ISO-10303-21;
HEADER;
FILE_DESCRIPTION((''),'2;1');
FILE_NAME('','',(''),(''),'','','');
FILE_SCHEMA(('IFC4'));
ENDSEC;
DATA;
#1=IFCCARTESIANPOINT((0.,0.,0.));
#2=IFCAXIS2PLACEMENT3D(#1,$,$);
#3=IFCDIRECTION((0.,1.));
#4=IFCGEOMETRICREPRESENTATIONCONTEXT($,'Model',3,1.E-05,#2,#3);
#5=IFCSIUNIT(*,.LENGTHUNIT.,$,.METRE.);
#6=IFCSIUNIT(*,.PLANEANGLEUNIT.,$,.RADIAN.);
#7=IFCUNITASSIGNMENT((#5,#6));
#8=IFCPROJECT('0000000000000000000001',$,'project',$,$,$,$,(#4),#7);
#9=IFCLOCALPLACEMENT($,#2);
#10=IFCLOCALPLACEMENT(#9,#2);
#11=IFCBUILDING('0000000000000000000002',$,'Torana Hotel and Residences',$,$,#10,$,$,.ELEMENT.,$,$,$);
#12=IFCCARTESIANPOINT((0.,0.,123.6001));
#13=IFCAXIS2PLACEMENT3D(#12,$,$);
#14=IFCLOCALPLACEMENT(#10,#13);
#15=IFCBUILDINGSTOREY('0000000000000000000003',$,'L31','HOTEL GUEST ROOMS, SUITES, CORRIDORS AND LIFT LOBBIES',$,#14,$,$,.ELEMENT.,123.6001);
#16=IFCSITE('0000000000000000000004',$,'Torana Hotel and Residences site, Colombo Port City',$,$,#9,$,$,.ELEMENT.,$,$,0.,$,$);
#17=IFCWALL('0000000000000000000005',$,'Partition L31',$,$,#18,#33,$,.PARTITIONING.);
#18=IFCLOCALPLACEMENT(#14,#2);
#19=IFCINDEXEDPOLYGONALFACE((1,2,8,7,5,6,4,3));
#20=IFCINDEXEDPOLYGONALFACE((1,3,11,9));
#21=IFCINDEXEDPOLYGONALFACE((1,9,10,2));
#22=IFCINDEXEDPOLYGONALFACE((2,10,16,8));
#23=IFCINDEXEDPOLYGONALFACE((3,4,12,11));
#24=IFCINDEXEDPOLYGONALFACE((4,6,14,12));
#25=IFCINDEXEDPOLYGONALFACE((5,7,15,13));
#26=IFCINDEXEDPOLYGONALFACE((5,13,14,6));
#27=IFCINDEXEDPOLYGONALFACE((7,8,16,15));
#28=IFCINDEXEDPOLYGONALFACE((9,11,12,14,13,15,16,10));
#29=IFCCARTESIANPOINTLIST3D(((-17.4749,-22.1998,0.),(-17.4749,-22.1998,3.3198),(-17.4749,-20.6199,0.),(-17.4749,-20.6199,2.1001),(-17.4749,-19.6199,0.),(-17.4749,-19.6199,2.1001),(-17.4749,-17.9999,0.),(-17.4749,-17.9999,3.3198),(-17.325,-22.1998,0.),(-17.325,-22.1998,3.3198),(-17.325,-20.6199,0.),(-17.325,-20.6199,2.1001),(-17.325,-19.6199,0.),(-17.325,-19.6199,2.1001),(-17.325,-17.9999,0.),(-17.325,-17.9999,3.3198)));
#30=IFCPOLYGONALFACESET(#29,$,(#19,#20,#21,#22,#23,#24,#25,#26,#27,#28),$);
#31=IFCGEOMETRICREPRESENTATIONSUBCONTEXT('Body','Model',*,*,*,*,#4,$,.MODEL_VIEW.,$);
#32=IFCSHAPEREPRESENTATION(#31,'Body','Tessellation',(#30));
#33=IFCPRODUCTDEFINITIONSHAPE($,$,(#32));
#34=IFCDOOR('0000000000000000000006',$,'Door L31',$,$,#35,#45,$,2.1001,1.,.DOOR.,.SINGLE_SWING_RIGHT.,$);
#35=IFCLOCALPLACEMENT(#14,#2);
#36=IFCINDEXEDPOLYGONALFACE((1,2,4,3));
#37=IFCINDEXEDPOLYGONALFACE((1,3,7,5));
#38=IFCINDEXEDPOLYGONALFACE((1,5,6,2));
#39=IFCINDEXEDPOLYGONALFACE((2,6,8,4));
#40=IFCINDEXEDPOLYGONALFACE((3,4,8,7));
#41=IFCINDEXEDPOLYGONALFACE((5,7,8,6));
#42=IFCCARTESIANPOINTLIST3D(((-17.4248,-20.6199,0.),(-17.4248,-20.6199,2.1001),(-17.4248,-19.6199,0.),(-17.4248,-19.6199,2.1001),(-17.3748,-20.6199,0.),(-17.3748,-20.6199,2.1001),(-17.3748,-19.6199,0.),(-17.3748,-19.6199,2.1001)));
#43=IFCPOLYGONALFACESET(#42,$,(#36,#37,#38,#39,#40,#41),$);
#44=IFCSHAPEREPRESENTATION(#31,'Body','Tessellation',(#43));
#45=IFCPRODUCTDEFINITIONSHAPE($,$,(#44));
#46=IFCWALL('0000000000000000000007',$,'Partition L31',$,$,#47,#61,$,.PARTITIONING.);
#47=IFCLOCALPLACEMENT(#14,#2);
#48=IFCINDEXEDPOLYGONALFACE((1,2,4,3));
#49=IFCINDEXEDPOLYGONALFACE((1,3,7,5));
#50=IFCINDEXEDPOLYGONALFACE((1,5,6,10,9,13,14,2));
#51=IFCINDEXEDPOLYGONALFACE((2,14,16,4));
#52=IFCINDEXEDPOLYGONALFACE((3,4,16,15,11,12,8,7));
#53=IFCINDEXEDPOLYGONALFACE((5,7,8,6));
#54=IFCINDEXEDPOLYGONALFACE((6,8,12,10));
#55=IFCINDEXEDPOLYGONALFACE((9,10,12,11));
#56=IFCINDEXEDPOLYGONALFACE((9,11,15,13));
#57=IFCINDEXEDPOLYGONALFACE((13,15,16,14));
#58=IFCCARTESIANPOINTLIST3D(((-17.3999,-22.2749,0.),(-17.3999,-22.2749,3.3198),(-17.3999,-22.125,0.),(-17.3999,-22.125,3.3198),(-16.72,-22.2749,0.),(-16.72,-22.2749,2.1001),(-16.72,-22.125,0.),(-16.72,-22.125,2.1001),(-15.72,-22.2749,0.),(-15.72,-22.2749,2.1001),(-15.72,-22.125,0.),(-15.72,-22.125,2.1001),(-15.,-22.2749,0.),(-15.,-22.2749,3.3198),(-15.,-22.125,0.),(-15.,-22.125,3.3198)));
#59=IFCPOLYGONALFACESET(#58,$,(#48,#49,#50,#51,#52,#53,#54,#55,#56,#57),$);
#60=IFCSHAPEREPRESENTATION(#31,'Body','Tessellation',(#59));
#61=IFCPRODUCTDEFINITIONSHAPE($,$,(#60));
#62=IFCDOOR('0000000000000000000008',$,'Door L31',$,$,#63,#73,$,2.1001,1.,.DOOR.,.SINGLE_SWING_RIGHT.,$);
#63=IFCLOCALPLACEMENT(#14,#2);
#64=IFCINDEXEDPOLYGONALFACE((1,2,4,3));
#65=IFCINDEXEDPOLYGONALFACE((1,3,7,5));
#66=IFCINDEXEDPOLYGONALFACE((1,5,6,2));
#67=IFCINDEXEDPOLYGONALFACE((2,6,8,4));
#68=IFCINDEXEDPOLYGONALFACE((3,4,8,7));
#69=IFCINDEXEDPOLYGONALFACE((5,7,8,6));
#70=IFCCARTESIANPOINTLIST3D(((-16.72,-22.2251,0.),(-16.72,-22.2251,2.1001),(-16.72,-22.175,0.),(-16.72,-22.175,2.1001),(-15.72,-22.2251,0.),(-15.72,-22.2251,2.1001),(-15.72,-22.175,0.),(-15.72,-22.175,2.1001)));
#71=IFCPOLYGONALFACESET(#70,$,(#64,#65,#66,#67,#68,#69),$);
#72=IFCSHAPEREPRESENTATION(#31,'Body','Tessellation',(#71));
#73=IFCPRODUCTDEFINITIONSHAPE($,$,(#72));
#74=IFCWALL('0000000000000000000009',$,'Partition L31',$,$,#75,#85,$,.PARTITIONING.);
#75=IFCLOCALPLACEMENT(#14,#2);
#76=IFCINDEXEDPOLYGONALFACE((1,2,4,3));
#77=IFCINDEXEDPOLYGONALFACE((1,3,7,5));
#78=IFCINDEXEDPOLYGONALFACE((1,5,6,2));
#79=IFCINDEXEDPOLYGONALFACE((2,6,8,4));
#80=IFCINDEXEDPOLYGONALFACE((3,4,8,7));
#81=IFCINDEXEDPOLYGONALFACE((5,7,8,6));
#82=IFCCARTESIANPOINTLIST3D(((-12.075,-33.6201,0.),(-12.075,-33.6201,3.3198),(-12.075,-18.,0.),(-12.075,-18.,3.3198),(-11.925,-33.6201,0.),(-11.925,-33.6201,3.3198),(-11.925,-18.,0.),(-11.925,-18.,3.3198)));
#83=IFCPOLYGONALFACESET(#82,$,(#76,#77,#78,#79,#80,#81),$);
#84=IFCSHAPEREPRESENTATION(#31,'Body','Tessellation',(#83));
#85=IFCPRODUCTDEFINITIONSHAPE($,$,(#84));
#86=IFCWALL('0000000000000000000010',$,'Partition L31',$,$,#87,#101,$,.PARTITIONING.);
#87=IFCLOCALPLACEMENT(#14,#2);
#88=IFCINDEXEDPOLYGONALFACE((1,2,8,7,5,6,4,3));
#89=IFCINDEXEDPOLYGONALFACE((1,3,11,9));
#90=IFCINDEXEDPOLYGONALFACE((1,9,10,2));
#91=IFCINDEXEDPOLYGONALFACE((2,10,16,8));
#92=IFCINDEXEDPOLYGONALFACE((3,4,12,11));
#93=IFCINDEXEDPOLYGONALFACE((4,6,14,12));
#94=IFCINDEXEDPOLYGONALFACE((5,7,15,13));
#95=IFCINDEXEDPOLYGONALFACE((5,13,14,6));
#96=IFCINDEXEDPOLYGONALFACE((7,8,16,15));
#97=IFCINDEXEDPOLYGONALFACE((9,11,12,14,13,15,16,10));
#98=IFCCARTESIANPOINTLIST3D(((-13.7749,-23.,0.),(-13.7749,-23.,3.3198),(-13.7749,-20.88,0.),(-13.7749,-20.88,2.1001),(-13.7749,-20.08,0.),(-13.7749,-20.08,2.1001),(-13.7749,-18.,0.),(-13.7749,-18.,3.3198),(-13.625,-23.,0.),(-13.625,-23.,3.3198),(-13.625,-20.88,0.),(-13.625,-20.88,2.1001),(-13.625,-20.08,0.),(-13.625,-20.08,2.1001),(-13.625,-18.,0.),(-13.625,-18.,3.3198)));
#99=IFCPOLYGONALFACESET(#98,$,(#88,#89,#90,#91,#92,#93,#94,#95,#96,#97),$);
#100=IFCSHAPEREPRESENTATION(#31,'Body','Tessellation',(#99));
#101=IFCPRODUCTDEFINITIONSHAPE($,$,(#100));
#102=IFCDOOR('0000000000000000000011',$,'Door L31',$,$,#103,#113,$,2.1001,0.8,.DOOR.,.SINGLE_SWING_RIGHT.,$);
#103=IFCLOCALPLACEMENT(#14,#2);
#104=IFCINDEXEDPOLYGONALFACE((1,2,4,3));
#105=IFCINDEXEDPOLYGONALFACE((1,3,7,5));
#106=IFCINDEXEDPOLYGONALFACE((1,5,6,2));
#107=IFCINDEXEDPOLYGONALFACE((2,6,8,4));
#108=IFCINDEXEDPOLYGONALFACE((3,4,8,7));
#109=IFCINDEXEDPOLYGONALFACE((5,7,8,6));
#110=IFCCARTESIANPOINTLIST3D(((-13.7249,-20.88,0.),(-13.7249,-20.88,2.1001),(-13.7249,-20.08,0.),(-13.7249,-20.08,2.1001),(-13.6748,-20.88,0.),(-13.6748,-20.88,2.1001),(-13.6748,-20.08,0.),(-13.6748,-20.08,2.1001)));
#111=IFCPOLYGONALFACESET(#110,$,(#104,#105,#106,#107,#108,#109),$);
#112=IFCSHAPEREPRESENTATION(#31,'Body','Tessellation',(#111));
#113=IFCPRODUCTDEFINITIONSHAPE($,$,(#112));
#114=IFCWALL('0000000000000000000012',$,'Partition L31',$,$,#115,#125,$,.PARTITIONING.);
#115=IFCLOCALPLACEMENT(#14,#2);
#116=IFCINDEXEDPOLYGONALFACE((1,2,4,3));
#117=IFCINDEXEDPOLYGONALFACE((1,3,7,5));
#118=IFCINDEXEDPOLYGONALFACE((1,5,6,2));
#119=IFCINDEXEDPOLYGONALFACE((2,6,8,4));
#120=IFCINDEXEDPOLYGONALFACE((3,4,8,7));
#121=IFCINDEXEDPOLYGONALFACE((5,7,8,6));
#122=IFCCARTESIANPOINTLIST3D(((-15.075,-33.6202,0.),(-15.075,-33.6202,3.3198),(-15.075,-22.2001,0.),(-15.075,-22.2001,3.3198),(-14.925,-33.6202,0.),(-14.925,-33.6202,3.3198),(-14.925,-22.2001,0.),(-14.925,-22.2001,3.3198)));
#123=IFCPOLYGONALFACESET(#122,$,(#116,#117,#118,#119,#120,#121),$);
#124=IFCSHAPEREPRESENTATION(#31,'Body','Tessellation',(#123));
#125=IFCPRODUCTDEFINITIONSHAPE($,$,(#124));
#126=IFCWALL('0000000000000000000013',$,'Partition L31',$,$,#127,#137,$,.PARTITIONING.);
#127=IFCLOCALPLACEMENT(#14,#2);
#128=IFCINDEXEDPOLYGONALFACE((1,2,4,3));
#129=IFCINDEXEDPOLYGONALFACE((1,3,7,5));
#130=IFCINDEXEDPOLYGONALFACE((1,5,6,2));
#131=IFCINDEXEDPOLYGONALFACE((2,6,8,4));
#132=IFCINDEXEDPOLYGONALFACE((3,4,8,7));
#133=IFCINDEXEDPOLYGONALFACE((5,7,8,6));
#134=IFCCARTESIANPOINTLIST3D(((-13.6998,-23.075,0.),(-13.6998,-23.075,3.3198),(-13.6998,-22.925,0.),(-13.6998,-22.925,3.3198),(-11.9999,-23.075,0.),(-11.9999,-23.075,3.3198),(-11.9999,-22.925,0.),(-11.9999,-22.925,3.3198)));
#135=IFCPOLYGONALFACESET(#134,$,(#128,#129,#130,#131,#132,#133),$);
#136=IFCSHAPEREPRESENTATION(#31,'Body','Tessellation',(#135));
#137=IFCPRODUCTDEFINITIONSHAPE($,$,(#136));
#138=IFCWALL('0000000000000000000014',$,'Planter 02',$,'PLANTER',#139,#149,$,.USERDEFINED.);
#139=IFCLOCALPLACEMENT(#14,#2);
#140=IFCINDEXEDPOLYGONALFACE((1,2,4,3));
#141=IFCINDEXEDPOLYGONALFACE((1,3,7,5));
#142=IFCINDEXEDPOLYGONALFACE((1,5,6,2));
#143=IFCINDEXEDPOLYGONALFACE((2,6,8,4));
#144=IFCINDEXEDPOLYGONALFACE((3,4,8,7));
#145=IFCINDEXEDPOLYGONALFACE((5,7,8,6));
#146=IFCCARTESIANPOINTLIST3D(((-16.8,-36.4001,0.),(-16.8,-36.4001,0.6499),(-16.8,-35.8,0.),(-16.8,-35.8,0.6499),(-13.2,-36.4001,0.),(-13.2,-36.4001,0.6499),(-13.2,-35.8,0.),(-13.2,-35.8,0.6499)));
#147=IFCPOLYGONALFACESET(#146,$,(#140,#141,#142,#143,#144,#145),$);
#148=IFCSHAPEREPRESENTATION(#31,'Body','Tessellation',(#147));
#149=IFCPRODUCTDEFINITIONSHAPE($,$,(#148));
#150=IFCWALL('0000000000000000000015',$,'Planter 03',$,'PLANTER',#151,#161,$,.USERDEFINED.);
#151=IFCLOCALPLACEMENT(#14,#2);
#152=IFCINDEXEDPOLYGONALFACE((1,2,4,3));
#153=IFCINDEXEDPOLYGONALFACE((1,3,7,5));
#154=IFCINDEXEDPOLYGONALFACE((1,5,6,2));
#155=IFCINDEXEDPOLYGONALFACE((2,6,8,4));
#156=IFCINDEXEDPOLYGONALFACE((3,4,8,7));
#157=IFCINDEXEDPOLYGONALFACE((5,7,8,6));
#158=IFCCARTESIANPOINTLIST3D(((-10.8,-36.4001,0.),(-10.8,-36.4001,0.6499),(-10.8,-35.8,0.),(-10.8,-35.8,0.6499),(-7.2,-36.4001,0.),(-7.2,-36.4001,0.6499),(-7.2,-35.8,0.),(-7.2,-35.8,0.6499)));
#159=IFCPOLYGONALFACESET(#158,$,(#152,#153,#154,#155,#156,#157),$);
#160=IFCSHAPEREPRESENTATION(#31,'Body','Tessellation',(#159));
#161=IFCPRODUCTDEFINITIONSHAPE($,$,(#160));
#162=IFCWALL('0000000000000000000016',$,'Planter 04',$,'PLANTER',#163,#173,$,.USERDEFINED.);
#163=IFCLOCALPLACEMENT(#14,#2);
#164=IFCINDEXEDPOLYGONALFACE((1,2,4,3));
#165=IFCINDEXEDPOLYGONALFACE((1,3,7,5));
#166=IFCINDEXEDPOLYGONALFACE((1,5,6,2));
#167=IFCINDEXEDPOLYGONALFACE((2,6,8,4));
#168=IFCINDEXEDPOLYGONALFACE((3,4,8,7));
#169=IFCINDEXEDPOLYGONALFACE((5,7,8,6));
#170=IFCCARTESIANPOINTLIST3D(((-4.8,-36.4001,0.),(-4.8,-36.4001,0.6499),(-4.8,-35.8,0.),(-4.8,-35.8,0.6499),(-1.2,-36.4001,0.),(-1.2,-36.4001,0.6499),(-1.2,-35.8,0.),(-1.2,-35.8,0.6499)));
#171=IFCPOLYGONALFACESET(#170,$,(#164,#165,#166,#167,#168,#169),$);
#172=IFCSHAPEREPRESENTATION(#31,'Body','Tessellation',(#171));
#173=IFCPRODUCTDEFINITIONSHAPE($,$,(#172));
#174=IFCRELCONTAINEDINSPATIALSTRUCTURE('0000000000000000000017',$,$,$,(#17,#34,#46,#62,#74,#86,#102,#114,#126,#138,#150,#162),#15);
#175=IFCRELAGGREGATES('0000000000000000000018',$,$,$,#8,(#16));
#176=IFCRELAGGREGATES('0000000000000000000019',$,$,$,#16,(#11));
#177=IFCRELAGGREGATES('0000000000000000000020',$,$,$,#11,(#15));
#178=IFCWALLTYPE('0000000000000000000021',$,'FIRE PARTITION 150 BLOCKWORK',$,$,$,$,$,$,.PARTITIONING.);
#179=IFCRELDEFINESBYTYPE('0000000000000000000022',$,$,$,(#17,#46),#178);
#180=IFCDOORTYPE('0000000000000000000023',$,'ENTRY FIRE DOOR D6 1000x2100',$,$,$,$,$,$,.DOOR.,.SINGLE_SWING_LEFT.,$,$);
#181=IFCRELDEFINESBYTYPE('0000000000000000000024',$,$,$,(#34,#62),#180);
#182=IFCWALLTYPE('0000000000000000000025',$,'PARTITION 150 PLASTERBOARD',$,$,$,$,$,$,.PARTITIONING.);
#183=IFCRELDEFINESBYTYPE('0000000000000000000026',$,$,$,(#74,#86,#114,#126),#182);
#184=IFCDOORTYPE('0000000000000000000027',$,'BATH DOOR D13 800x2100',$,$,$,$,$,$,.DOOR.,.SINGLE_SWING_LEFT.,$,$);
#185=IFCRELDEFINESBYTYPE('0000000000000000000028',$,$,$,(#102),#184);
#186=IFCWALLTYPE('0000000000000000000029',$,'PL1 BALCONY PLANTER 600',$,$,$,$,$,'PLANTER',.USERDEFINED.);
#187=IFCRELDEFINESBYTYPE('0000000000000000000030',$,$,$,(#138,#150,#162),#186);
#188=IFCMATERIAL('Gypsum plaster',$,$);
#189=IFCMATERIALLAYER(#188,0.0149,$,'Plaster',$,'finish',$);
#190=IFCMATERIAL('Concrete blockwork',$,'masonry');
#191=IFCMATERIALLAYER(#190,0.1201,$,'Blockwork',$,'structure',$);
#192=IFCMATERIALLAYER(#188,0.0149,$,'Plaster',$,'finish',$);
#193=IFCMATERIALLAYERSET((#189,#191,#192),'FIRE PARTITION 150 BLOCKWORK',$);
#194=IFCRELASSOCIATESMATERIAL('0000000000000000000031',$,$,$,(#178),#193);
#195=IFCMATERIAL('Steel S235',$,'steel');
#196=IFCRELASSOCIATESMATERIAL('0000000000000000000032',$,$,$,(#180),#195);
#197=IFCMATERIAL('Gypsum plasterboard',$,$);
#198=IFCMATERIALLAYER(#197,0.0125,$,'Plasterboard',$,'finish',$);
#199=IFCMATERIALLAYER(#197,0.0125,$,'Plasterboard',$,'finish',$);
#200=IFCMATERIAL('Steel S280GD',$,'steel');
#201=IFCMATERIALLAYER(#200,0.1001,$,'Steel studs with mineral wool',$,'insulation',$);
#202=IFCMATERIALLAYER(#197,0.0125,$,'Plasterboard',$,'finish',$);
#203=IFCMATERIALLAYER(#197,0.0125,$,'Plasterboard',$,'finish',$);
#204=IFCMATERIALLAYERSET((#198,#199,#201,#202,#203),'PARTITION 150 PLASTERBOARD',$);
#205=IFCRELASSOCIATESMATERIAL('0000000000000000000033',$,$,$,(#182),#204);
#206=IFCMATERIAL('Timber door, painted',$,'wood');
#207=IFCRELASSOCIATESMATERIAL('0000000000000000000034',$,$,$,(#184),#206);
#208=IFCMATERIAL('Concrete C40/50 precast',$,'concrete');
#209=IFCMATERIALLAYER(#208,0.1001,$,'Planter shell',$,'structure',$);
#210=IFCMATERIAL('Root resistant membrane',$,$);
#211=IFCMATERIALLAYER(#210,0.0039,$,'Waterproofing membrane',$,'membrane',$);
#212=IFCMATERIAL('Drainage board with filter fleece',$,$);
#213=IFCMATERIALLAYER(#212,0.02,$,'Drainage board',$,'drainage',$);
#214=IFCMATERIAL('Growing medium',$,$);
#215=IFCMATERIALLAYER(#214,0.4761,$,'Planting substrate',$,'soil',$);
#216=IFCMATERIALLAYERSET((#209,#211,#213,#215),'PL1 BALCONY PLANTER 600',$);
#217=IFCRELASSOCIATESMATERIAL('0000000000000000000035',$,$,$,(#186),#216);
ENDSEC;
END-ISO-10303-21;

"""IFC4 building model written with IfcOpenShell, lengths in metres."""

from ifc_helpers import new_model, si_unit, direction, frame, frame_2d, origin, place, context, subcontext, project, spatial, rectangle, extrude, material, layer, layer_set, type_object, element, fill, save


model = new_model("IFC4")

# Units and contexts
model_context = context("Model", 3, precision=1e-05, world=origin(), true_north=direction((0.0, 1.0)))
body_context = subcontext(model_context, "Body", "Model", "MODEL_VIEW")
ifc_project = project(units=[si_unit("LENGTHUNIT", "METRE"), si_unit("PLANEANGLEUNIT", "RADIAN")], contexts=[model_context])

# Site, building, storey
site_placement = place(None, origin())
site = spatial("IfcSite", under=ifc_project, at=site_placement, Name="Torana Hotel and Residences site, Colombo Port City", CompositionType="ELEMENT", RefElevation=0.0)
building_placement = place(site_placement, origin())
building = spatial("IfcBuilding", under=site, at=building_placement, Name="Torana Hotel and Residences", CompositionType="ELEMENT")
storey_placement = place(building_placement, frame((0.0, 0.0, 123.6001)))
storey = spatial("IfcBuildingStorey", under=building, at=storey_placement, Name="L31", Description="HOTEL GUEST ROOMS, SUITES, CORRIDORS AND LIFT LOBBIES", CompositionType="ELEMENT", Elevation=123.6001)

# Shared definitions
ifc_material_1 = material(Name="Gypsum plaster")
ifc_layer_1 = layer(ifc_material_1, 0.0149, Name="Plaster", Category="finish")
ifc_material_2 = material(Name="Concrete blockwork", Category="masonry")
ifc_layer_2 = layer(ifc_material_2, 0.1201, Name="Blockwork", Category="structure")
ifc_layer_3 = layer(ifc_material_1, 0.0149, Name="Plaster", Category="finish")
ifc_layer_set_1 = layer_set([ifc_layer_1, ifc_layer_2, ifc_layer_3], Name="FIRE PARTITION 150 BLOCKWORK")
wall_type_1 = type_object("IfcWallType", Name="FIRE PARTITION 150 BLOCKWORK", PredefinedType="PARTITIONING", material=ifc_layer_set_1)
ifc_material_3 = material(Name="Steel S235", Category="steel")
door_type_1 = type_object("IfcDoorType", Name="ENTRY FIRE DOOR D6 1000x2100", OperationType="SINGLE_SWING_LEFT", PredefinedType="DOOR", material=ifc_material_3)

# Walls, openings, doors
wall_1_placement = place(storey_placement, frame((-17.3999, -22.2, 0.0), z_axis=(0.0, 0.0, 1.0), x_axis=(0.0, 1.0, 0.0)))
wall_1 = element("IfcWall", 1, at=wall_1_placement, inside=storey, type_object=wall_type_1, Name="Partition L31", PredefinedType="PARTITIONING", context=body_context, shape_type="SweptSolid", body=[
    extrude(rectangle(XDim=4.2, YDim=0.1499, at=frame_2d((2.1001, 0.0))), origin(), (0.0, 0.0, 1.0), 3.3198),
])
opening_1_placement = place(wall_1_placement, frame((1.5801, 0.0, 0.0)))
opening_1 = element("IfcOpeningElement", 2, at=opening_1_placement, cuts=wall_1, PredefinedType="OPENING", context=body_context, shape_type="SweptSolid", body=[
    extrude(rectangle(XDim=1.0, YDim=2.1001, at=frame_2d((0.5, 1.05))), frame((0.0, 0.085, 0.0), z_axis=(0.0, -1.0, 0.0), x_axis=(1.0, 0.0, 0.0)), (0.0, 0.0, 1.0), 0.1699),
])
door_1_placement = place(opening_1_placement, origin())
door_1 = element("IfcDoor", 3, at=door_1_placement, inside=storey, type_object=door_type_1, Name="Door L31", OperationType="SINGLE_SWING_RIGHT", OverallHeight=2.1001, OverallWidth=1.0, PredefinedType="DOOR", context=body_context, shape_type="SweptSolid", body=[
    extrude(rectangle(XDim=1.0, YDim=2.1001, at=frame_2d((0.5, 1.05))), frame((0.0, 0.0249, 0.0), z_axis=(0.0, -1.0, 0.0), x_axis=(1.0, 0.0, 0.0)), (0.0, 0.0, 1.0), 0.05),
])
fill(opening_1, door_1)
wall_2_placement = place(storey_placement, frame((-17.3999, -22.2, 0.0), z_axis=(0.0, 0.0, 1.0), x_axis=(1.0, 0.0, 0.0)))
wall_2 = element("IfcWall", 4, at=wall_2_placement, inside=storey, type_object=wall_type_1, Name="Partition L31", PredefinedType="PARTITIONING", context=body_context, shape_type="SweptSolid", body=[
    extrude(rectangle(XDim=2.3999, YDim=0.1499, at=frame_2d((1.2, 0.0))), origin(), (0.0, 0.0, 1.0), 3.3198),
])
opening_2_placement = place(wall_2_placement, frame((0.6799, 0.0, 0.0)))
opening_2 = element("IfcOpeningElement", 5, at=opening_2_placement, cuts=wall_2, PredefinedType="OPENING", context=body_context, shape_type="SweptSolid", body=[
    extrude(rectangle(XDim=1.0, YDim=2.1001, at=frame_2d((0.5, 1.05))), frame((0.0, 0.085, 0.0), z_axis=(0.0, -1.0, 0.0), x_axis=(1.0, 0.0, 0.0)), (0.0, 0.0, 1.0), 0.1699),
])
door_2_placement = place(opening_2_placement, frame((0.5, 0.0, 0.0), z_axis=(0.0, 0.0, 1.0), x_axis=(-1.0, 0.0, 0.0)))
door_2 = element("IfcDoor", 6, at=door_2_placement, inside=storey, type_object=door_type_1, Name="Door L31", OperationType="SINGLE_SWING_RIGHT", OverallHeight=2.1001, OverallWidth=1.0, PredefinedType="DOOR", context=body_context, shape_type="SweptSolid", body=[
    extrude(rectangle(XDim=1.0, YDim=2.1001, at=frame_2d((0.0, 1.05))), frame((0.0, -0.0249, 0.0), z_axis=(0.0, 1.0, 0.0), x_axis=(-1.0, 0.0, 0.0)), (0.0, 0.0, 1.0), 0.05),
])
fill(opening_2, door_2)

# Wall
ifc_material_4 = material(Name="Gypsum plasterboard")
ifc_layer_4 = layer(ifc_material_4, 0.0125, Name="Plasterboard", Category="finish")
ifc_layer_5 = layer(ifc_material_4, 0.0125, Name="Plasterboard", Category="finish")
ifc_material_5 = material(Name="Steel S280GD", Category="steel")
ifc_layer_6 = layer(ifc_material_5, 0.1001, Name="Steel studs with mineral wool", Category="insulation")
ifc_layer_7 = layer(ifc_material_4, 0.0125, Name="Plasterboard", Category="finish")
ifc_layer_8 = layer(ifc_material_4, 0.0125, Name="Plasterboard", Category="finish")
ifc_layer_set_2 = layer_set([ifc_layer_4, ifc_layer_5, ifc_layer_6, ifc_layer_7, ifc_layer_8], Name="PARTITION 150 PLASTERBOARD")
wall_type_2 = type_object("IfcWallType", Name="PARTITION 150 PLASTERBOARD", PredefinedType="PARTITIONING", material=ifc_layer_set_2)
wall_3_placement = place(storey_placement, frame((-12.0, -33.6201, 0.0), z_axis=(0.0, 0.0, 1.0), x_axis=(0.0, 1.0, 0.0)))
element("IfcWall", 7, at=wall_3_placement, inside=storey, type_object=wall_type_2, Name="Partition L31", PredefinedType="PARTITIONING", context=body_context, shape_type="SweptSolid", body=[
    extrude(rectangle(XDim=15.6201, YDim=0.1499, at=frame_2d((7.8101, 0.0))), origin(), (0.0, 0.0, 1.0), 3.3198),
])

# Wall, opening, door
wall_4_placement = place(storey_placement, frame((-13.7, -23.0, 0.0), z_axis=(0.0, 0.0, 1.0), x_axis=(0.0, 1.0, 0.0)))
wall_4 = element("IfcWall", 8, at=wall_4_placement, inside=storey, type_object=wall_type_2, Name="Partition L31", PredefinedType="PARTITIONING", context=body_context, shape_type="SweptSolid", body=[
    extrude(rectangle(XDim=5.0, YDim=0.1499, at=frame_2d((2.5, 0.0))), origin(), (0.0, 0.0, 1.0), 3.3198),
])
opening_3_placement = place(wall_4_placement, frame((2.1201, 0.0, 0.0)))
opening_3 = element("IfcOpeningElement", 9, at=opening_3_placement, cuts=wall_4, PredefinedType="OPENING", context=body_context, shape_type="SweptSolid", body=[
    extrude(rectangle(XDim=0.8, YDim=2.1001, at=frame_2d((0.3999, 1.05))), frame((0.0, 0.085, 0.0), z_axis=(0.0, -1.0, 0.0), x_axis=(1.0, 0.0, 0.0)), (0.0, 0.0, 1.0), 0.1699),
])
ifc_material_6 = material(Name="Timber door, painted", Category="wood")
door_type_2 = type_object("IfcDoorType", Name="BATH DOOR D13 800x2100", OperationType="SINGLE_SWING_LEFT", PredefinedType="DOOR", material=ifc_material_6)
door_3_placement = place(opening_3_placement, origin())
door_3 = element("IfcDoor", 10, at=door_3_placement, inside=storey, type_object=door_type_2, Name="Door L31", OperationType="SINGLE_SWING_RIGHT", OverallHeight=2.1001, OverallWidth=0.8, PredefinedType="DOOR", context=body_context, shape_type="SweptSolid", body=[
    extrude(rectangle(XDim=0.8, YDim=2.1001, at=frame_2d((0.3999, 1.05))), frame((0.0, 0.0249, 0.0), z_axis=(0.0, -1.0, 0.0), x_axis=(1.0, 0.0, 0.0)), (0.0, 0.0, 1.0), 0.05),
])
fill(opening_3, door_3)

# Walls
wall_5_placement = place(storey_placement, frame((-15.0, -33.6201, 0.0), z_axis=(0.0, 0.0, 1.0), x_axis=(0.0, 1.0, 0.0)))
element("IfcWall", 11, at=wall_5_placement, inside=storey, type_object=wall_type_2, Name="Partition L31", PredefinedType="PARTITIONING", context=body_context, shape_type="SweptSolid", body=[
    extrude(rectangle(XDim=11.4202, YDim=0.1499, at=frame_2d((5.71, 0.0))), origin(), (0.0, 0.0, 1.0), 3.3198),
])
wall_6_placement = place(storey_placement, frame((-13.7, -23.0, 0.0), z_axis=(0.0, 0.0, 1.0), x_axis=(1.0, 0.0, 0.0)))
element("IfcWall", 12, at=wall_6_placement, inside=storey, type_object=wall_type_2, Name="Partition L31", PredefinedType="PARTITIONING", context=body_context, shape_type="SweptSolid", body=[
    extrude(rectangle(XDim=1.7, YDim=0.1499, at=frame_2d((0.8501, 0.0))), origin(), (0.0, 0.0, 1.0), 3.3198),
])
ifc_material_7 = material(Name="Concrete C40/50 precast", Category="concrete")
ifc_layer_9 = layer(ifc_material_7, 0.1001, Name="Planter shell", Category="structure")
ifc_material_8 = material(Name="Root resistant membrane")
ifc_layer_10 = layer(ifc_material_8, 0.0039, Name="Waterproofing membrane", Category="membrane")
ifc_material_9 = material(Name="Drainage board with filter fleece")
ifc_layer_11 = layer(ifc_material_9, 0.02, Name="Drainage board", Category="drainage")
ifc_material_10 = material(Name="Growing medium")
ifc_layer_12 = layer(ifc_material_10, 0.4761, Name="Planting substrate", Category="soil")
ifc_layer_set_3 = layer_set([ifc_layer_9, ifc_layer_10, ifc_layer_11, ifc_layer_12], Name="PL1 BALCONY PLANTER 600")
wall_type_3 = type_object("IfcWallType", Name="PL1 BALCONY PLANTER 600", ElementType="PLANTER", PredefinedType="USERDEFINED", material=ifc_layer_set_3)
for number, where, z_axis, x_axis, name in (
    (13, (-13.2, -36.1001, 0.0), (0.0, 0.0, 1.0), (-1.0, 0.0, 0.0), "Planter 02"),
    (14, (-7.2, -36.1001, 0.0), (0.0, 0.0, 1.0), (-1.0, 0.0, 0.0), "Planter 03"),
    (15, (-1.2, -36.1001, 0.0), (0.0, 0.0, 1.0), (-1.0, 0.0, 0.0), "Planter 04"),
):
    element("IfcWall", number, at=place(storey_placement, frame(where, z_axis=z_axis, x_axis=x_axis)), inside=storey, type_object=wall_type_3, Name=name, ObjectType="PLANTER", PredefinedType="USERDEFINED", context=body_context, shape_type="SweptSolid", body=[
        extrude(rectangle(XDim=3.6001, YDim=0.6001, at=frame_2d((1.8, 0.0))), origin(), (0.0, 0.0, 1.0), 0.6499),
    ])

save(model, "model.ifc")
